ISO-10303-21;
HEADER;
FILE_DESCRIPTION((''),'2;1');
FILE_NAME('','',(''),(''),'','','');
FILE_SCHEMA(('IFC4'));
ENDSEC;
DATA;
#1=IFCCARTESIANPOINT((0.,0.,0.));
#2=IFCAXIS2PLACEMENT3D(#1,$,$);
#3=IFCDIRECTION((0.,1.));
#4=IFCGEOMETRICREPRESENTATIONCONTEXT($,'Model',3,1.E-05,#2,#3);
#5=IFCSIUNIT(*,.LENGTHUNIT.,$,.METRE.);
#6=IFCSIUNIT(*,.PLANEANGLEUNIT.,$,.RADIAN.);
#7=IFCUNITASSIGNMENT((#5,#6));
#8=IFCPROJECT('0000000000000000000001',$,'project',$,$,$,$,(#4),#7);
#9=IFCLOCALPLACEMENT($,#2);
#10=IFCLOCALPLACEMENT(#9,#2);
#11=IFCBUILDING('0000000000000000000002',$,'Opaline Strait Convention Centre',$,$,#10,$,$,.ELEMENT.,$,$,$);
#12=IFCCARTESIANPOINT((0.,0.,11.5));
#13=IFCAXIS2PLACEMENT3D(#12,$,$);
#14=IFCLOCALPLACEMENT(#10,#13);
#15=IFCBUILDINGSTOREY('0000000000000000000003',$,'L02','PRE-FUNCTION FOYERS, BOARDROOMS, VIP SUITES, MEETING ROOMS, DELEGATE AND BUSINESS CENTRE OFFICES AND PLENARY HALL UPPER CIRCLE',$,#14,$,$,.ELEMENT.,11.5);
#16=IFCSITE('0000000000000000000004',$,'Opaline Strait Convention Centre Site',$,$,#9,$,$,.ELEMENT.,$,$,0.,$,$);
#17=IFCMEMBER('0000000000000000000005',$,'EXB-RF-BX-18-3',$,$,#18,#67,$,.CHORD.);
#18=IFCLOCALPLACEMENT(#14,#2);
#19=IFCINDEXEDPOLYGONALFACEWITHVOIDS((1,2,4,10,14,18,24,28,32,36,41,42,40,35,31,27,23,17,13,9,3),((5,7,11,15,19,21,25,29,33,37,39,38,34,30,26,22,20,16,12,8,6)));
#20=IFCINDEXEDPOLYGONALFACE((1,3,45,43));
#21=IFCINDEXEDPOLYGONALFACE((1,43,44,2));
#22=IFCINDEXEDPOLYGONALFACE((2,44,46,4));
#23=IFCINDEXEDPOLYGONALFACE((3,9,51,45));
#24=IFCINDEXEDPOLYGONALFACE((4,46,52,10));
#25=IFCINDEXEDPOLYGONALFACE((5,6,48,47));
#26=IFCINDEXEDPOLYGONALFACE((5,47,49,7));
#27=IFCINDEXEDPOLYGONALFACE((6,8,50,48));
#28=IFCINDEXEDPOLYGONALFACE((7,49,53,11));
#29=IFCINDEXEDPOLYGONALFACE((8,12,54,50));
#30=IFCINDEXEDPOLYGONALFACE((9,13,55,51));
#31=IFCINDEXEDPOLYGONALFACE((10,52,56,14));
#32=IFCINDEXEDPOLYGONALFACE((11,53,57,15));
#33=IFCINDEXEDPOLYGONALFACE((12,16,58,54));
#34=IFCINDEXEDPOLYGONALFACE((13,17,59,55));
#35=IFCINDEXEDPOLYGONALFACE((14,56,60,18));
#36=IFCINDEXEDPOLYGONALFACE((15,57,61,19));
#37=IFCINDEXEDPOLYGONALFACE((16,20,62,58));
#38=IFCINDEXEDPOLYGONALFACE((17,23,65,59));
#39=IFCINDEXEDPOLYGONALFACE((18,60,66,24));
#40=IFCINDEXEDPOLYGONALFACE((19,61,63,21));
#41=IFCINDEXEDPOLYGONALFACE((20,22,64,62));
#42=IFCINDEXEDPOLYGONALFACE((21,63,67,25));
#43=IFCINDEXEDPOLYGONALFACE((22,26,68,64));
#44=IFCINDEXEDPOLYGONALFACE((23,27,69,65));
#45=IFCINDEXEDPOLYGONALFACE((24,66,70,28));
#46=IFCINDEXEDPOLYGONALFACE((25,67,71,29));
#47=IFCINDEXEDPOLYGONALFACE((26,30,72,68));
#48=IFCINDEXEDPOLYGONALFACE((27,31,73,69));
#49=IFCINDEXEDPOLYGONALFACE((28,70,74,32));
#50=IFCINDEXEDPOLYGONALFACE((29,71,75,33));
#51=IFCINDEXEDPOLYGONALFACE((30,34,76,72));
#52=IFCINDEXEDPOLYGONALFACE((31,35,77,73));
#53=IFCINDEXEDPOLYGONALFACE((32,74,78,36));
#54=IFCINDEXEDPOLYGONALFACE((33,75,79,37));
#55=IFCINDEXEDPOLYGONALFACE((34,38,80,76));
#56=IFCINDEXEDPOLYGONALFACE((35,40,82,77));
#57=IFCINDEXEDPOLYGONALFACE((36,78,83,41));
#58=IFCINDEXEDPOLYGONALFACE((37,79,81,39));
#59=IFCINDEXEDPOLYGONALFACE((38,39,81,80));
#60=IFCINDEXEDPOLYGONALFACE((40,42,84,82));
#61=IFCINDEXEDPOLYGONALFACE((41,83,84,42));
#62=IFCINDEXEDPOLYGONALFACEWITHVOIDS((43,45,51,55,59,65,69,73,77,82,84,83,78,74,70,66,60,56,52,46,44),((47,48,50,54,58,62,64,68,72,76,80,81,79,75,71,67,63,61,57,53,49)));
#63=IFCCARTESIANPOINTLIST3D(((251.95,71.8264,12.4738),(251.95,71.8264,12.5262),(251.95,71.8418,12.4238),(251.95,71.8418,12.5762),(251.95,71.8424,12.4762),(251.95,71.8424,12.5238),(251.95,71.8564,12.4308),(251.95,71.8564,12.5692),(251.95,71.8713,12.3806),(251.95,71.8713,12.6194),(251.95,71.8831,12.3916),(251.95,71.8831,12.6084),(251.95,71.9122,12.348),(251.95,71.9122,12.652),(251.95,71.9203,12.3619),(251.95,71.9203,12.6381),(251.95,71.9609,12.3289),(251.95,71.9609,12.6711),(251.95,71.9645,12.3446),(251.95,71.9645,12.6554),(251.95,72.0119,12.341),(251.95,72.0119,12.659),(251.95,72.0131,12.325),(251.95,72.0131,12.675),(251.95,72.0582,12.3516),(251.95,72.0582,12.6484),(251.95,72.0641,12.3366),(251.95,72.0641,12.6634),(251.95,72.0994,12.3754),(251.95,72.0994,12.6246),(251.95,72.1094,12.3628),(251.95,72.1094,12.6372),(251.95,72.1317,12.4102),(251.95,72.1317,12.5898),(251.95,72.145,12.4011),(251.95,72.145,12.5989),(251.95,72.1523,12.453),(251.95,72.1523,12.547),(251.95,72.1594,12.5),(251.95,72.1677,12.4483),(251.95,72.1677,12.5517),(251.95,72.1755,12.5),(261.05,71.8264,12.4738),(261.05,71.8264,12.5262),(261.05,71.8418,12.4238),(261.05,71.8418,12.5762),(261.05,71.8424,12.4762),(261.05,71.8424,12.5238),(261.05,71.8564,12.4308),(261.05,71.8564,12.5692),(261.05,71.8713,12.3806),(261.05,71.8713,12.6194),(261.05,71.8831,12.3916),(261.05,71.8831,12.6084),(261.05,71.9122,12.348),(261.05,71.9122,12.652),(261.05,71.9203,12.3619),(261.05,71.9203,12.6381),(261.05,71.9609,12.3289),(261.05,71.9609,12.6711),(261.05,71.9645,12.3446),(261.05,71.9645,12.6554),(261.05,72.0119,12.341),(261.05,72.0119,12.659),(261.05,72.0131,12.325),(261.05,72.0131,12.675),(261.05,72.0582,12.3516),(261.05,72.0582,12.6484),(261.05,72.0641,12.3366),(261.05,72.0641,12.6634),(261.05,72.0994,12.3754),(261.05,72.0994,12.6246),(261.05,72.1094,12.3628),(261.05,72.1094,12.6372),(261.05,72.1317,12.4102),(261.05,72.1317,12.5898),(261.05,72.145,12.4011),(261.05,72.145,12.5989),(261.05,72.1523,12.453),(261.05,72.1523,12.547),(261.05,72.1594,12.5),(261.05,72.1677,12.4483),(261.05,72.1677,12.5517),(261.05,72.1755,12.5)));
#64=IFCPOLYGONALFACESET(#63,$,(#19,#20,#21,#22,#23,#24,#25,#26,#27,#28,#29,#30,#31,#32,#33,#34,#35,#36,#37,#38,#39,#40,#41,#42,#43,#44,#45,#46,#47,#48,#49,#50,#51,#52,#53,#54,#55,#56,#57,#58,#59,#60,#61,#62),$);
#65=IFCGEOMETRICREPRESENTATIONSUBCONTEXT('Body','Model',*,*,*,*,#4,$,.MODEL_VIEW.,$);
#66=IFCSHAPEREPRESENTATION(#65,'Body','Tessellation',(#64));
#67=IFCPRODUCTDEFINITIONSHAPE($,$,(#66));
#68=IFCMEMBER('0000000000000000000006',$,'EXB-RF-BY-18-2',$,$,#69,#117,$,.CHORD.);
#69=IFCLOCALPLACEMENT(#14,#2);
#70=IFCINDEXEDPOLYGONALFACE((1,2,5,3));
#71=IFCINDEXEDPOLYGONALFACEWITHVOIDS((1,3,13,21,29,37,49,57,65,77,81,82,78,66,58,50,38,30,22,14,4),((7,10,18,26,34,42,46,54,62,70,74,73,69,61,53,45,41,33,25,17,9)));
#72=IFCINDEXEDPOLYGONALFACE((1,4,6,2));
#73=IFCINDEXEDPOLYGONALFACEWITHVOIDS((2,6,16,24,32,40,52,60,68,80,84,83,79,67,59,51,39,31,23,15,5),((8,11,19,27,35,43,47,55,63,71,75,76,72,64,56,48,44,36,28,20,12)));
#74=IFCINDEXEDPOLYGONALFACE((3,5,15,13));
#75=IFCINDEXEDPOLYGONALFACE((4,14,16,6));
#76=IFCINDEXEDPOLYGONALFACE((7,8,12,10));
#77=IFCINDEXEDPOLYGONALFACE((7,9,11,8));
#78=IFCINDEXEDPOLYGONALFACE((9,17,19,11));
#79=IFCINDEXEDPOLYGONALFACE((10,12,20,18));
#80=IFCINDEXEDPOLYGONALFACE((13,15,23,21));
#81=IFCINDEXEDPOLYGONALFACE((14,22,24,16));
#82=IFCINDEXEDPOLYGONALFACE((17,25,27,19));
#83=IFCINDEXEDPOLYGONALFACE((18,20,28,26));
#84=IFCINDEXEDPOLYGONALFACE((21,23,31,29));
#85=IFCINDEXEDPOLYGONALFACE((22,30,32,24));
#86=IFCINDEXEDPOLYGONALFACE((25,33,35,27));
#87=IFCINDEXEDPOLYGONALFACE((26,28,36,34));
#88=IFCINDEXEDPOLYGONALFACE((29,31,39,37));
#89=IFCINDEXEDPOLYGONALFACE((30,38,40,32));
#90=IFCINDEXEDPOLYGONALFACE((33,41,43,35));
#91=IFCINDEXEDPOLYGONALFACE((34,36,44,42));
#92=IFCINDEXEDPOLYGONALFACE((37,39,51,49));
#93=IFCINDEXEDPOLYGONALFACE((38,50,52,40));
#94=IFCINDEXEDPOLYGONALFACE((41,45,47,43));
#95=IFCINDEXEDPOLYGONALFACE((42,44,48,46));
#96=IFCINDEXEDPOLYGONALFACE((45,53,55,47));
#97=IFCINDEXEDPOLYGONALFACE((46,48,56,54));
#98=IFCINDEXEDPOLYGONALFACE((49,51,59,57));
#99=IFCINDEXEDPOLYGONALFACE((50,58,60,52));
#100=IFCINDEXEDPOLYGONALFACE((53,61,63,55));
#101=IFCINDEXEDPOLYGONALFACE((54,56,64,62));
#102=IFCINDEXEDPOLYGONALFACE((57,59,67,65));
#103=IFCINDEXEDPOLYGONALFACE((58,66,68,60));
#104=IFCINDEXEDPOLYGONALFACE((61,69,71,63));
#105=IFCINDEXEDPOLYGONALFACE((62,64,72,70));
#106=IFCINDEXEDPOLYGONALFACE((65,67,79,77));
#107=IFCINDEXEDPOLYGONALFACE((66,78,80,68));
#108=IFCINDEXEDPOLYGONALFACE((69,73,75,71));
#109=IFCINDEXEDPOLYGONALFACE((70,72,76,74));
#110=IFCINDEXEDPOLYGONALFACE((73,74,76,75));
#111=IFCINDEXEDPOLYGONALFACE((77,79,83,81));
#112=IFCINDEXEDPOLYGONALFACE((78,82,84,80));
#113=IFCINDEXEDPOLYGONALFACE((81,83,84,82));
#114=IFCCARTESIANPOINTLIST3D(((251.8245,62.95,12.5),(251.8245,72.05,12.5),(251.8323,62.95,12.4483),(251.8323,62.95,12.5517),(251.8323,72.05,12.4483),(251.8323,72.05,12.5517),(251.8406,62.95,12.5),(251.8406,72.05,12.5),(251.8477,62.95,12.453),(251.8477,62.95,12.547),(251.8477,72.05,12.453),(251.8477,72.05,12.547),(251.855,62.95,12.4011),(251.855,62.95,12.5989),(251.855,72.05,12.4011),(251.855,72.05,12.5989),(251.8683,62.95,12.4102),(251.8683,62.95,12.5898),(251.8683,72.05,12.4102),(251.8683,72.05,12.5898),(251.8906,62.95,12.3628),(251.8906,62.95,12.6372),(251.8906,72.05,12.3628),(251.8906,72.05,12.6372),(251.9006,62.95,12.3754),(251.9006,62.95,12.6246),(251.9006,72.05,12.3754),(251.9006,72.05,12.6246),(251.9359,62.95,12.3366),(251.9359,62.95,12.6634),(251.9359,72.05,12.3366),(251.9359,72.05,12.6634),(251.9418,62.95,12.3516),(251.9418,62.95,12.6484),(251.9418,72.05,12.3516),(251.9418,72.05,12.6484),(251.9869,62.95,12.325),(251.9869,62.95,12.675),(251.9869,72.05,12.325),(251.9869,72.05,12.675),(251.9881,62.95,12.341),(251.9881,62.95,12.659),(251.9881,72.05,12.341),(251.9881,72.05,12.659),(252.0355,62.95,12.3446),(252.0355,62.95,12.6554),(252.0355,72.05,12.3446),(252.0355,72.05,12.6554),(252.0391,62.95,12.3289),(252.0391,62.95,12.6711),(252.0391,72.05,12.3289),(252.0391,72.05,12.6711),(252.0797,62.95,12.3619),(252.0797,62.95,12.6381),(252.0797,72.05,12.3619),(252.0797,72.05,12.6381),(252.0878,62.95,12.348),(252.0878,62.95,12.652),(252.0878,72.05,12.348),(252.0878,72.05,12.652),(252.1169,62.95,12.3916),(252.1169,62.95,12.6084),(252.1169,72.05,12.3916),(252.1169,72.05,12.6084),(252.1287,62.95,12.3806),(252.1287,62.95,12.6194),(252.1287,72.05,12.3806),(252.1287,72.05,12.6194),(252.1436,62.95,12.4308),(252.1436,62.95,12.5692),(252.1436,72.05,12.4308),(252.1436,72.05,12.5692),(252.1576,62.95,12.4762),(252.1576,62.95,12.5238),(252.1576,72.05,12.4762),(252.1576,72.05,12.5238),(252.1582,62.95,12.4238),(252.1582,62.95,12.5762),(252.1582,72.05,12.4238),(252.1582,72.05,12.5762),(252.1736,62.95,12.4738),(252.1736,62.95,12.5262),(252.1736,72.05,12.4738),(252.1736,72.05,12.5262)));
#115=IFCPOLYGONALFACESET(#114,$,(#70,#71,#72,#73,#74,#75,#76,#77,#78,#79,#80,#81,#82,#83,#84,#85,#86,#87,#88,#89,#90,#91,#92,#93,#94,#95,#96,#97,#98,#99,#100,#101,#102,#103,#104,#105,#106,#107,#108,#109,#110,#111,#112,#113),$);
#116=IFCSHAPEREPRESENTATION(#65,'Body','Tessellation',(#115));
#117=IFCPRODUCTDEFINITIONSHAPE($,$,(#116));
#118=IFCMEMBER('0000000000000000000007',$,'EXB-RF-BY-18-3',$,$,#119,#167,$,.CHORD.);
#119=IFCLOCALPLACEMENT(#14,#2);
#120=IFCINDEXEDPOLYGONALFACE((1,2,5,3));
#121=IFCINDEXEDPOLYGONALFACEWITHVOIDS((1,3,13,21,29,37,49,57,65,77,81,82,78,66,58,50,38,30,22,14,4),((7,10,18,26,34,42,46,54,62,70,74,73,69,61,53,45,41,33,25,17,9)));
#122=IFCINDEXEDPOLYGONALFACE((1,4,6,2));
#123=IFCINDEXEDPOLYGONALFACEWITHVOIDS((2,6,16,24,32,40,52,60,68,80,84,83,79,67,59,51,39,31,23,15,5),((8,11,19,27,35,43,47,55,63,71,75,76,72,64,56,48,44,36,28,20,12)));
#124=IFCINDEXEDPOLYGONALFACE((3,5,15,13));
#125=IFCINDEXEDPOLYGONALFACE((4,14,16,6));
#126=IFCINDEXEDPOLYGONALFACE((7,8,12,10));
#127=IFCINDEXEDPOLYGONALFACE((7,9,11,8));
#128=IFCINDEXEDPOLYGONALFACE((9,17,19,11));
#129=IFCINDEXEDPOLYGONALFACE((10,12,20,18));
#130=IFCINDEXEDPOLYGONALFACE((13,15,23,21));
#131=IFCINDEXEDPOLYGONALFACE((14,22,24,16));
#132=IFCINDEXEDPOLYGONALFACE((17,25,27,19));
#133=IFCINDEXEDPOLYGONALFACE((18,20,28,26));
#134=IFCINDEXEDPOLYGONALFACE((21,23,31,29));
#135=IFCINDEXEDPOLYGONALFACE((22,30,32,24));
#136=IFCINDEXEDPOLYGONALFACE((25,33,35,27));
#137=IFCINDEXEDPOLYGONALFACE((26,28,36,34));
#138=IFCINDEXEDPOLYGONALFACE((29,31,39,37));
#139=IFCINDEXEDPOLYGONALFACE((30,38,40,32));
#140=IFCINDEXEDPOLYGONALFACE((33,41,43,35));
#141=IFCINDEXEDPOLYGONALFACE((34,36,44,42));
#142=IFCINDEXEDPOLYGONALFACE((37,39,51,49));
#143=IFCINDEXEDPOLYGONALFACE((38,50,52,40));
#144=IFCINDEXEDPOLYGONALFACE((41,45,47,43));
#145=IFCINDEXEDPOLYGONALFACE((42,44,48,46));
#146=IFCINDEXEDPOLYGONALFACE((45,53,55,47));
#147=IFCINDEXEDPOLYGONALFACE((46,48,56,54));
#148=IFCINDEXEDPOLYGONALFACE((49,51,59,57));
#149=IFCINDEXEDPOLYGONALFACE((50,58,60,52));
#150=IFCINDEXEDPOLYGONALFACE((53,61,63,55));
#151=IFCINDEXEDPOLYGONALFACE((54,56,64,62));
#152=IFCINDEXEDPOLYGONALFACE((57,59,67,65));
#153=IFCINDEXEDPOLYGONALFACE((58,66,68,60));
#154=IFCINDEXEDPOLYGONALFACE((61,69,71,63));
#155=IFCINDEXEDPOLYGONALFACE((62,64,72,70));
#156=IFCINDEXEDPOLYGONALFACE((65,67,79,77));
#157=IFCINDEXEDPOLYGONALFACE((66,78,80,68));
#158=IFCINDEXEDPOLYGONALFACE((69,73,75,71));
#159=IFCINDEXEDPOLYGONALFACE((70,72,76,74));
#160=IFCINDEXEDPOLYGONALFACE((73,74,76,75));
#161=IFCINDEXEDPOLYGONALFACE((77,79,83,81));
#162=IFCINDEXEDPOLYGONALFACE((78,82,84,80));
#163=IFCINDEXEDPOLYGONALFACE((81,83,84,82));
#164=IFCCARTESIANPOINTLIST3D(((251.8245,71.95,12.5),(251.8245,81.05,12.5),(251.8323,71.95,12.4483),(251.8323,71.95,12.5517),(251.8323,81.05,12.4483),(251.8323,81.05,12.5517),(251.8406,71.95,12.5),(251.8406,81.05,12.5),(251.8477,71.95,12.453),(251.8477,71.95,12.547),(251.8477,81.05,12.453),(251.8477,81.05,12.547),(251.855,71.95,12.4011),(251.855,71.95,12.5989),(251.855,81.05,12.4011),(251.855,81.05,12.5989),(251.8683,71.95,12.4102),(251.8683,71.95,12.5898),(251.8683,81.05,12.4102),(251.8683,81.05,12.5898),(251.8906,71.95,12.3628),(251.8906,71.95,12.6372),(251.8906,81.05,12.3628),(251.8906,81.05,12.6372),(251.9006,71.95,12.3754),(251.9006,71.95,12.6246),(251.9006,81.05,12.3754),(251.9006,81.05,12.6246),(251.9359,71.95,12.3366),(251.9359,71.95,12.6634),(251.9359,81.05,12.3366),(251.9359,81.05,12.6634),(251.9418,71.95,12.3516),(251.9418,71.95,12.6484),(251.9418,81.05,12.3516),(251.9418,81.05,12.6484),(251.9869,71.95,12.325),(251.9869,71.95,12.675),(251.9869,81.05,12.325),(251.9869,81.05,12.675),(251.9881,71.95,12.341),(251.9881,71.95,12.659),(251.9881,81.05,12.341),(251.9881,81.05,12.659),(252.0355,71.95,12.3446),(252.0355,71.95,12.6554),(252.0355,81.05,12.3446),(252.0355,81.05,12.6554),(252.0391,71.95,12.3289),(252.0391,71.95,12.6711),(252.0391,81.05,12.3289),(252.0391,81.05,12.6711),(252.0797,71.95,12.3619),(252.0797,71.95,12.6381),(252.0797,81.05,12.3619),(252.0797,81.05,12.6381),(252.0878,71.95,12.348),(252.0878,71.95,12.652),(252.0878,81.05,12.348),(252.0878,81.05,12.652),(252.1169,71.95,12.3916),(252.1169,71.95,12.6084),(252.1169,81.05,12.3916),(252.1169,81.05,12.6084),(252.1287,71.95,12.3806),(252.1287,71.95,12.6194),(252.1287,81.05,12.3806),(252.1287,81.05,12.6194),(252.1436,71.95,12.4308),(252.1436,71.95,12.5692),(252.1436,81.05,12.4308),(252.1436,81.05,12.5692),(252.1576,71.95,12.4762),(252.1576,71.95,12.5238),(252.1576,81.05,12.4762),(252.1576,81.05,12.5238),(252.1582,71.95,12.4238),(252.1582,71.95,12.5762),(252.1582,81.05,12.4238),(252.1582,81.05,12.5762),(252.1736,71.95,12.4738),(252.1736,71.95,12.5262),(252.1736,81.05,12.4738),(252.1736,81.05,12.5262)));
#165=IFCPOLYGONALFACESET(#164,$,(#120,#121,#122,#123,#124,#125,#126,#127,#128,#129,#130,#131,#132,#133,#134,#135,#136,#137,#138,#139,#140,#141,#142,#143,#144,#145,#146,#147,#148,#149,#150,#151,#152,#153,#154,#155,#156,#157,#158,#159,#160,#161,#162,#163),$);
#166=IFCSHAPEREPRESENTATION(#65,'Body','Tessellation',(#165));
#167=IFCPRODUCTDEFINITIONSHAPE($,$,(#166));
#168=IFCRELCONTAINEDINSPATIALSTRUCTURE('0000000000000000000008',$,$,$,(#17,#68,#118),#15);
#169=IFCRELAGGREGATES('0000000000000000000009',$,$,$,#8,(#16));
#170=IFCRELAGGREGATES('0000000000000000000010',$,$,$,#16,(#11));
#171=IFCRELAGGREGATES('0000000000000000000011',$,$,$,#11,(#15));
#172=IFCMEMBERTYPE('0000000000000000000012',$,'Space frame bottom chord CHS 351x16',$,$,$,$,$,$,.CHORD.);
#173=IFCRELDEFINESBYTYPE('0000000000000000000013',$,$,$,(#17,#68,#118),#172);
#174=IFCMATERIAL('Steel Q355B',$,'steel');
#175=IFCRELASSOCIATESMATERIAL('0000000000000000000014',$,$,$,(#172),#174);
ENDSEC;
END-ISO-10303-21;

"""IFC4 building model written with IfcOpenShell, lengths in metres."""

from ifc_helpers import new_model, si_unit, direction, frame, origin, origin_2d, place, context, subcontext, project, spatial, hollow_circle, extrude, material, material_profile, profile_set, type_object, element, save


model = new_model("IFC4")

# Units and contexts
model_context = context("Model", 3, precision=1e-05, world=origin(), true_north=direction((0.0, 1.0)))
body_context = subcontext(model_context, "Body", "Model", "MODEL_VIEW")
ifc_project = project(units=[si_unit("LENGTHUNIT", "METRE"), si_unit("PLANEANGLEUNIT", "RADIAN")], contexts=[model_context])

# Site, building, storey
site_placement = place(None, origin())
site = spatial("IfcSite", under=ifc_project, at=site_placement, Name="Opaline Strait Convention Centre Site", CompositionType="ELEMENT", RefElevation=0.0)
building_placement = place(site_placement, origin())
building = spatial("IfcBuilding", under=site, at=building_placement, Name="Opaline Strait Convention Centre", CompositionType="ELEMENT")
storey_placement = place(building_placement, frame((0.0, 0.0, 11.5)))
storey = spatial("IfcBuildingStorey", under=building, at=storey_placement, Name="L02", Description="PRE-FUNCTION FOYERS, BOARDROOMS, VIP SUITES, MEETING ROOMS, DELEGATE AND BUSINESS CENTRE OFFICES AND PLENARY HALL UPPER CIRCLE", CompositionType="ELEMENT", Elevation=11.5)

# Members
ifc_material_1 = material(Name="Steel Q355B", Category="steel")
ifc_material_profile_1 = material_profile(ifc_material_1, hollow_circle(Radius=0.1755, WallThickness=0.0161, at=origin_2d()), Name="CHS 351x16")
ifc_profile_set_1 = profile_set([ifc_material_profile_1], Name="Steel Q355B")
member_type_1 = type_object("IfcMemberType", Name="Space frame bottom chord CHS 351x16", PredefinedType="CHORD", material=ifc_profile_set_1)
for number, where, z_axis, x_axis, name in (
    (1, (251.95, 72.0, 12.5), (1.0, 0.0, 0.0), (0.0, 1.0, 0.0), "EXB-RF-BX-18-3"),
    (2, (252.0, 62.95, 12.5), (0.0, 1.0, 0.0), (-1.0, 0.0, 0.0), "EXB-RF-BY-18-2"),
    (3, (252.0, 71.95, 12.5), (0.0, 1.0, 0.0), (-1.0, 0.0, 0.0), "EXB-RF-BY-18-3"),
):
    element("IfcMember", number, at=place(storey_placement, frame(where, z_axis=z_axis, x_axis=x_axis)), inside=storey, type_object=member_type_1, Name=name, PredefinedType="CHORD", context=body_context, shape_type="SweptSolid", body=[
        extrude(hollow_circle(Radius=0.1755, WallThickness=0.0161, at=origin_2d()), origin(), (0.0, 0.0, 1.0), 9.1001),
    ])

save(model, "model.ifc")
